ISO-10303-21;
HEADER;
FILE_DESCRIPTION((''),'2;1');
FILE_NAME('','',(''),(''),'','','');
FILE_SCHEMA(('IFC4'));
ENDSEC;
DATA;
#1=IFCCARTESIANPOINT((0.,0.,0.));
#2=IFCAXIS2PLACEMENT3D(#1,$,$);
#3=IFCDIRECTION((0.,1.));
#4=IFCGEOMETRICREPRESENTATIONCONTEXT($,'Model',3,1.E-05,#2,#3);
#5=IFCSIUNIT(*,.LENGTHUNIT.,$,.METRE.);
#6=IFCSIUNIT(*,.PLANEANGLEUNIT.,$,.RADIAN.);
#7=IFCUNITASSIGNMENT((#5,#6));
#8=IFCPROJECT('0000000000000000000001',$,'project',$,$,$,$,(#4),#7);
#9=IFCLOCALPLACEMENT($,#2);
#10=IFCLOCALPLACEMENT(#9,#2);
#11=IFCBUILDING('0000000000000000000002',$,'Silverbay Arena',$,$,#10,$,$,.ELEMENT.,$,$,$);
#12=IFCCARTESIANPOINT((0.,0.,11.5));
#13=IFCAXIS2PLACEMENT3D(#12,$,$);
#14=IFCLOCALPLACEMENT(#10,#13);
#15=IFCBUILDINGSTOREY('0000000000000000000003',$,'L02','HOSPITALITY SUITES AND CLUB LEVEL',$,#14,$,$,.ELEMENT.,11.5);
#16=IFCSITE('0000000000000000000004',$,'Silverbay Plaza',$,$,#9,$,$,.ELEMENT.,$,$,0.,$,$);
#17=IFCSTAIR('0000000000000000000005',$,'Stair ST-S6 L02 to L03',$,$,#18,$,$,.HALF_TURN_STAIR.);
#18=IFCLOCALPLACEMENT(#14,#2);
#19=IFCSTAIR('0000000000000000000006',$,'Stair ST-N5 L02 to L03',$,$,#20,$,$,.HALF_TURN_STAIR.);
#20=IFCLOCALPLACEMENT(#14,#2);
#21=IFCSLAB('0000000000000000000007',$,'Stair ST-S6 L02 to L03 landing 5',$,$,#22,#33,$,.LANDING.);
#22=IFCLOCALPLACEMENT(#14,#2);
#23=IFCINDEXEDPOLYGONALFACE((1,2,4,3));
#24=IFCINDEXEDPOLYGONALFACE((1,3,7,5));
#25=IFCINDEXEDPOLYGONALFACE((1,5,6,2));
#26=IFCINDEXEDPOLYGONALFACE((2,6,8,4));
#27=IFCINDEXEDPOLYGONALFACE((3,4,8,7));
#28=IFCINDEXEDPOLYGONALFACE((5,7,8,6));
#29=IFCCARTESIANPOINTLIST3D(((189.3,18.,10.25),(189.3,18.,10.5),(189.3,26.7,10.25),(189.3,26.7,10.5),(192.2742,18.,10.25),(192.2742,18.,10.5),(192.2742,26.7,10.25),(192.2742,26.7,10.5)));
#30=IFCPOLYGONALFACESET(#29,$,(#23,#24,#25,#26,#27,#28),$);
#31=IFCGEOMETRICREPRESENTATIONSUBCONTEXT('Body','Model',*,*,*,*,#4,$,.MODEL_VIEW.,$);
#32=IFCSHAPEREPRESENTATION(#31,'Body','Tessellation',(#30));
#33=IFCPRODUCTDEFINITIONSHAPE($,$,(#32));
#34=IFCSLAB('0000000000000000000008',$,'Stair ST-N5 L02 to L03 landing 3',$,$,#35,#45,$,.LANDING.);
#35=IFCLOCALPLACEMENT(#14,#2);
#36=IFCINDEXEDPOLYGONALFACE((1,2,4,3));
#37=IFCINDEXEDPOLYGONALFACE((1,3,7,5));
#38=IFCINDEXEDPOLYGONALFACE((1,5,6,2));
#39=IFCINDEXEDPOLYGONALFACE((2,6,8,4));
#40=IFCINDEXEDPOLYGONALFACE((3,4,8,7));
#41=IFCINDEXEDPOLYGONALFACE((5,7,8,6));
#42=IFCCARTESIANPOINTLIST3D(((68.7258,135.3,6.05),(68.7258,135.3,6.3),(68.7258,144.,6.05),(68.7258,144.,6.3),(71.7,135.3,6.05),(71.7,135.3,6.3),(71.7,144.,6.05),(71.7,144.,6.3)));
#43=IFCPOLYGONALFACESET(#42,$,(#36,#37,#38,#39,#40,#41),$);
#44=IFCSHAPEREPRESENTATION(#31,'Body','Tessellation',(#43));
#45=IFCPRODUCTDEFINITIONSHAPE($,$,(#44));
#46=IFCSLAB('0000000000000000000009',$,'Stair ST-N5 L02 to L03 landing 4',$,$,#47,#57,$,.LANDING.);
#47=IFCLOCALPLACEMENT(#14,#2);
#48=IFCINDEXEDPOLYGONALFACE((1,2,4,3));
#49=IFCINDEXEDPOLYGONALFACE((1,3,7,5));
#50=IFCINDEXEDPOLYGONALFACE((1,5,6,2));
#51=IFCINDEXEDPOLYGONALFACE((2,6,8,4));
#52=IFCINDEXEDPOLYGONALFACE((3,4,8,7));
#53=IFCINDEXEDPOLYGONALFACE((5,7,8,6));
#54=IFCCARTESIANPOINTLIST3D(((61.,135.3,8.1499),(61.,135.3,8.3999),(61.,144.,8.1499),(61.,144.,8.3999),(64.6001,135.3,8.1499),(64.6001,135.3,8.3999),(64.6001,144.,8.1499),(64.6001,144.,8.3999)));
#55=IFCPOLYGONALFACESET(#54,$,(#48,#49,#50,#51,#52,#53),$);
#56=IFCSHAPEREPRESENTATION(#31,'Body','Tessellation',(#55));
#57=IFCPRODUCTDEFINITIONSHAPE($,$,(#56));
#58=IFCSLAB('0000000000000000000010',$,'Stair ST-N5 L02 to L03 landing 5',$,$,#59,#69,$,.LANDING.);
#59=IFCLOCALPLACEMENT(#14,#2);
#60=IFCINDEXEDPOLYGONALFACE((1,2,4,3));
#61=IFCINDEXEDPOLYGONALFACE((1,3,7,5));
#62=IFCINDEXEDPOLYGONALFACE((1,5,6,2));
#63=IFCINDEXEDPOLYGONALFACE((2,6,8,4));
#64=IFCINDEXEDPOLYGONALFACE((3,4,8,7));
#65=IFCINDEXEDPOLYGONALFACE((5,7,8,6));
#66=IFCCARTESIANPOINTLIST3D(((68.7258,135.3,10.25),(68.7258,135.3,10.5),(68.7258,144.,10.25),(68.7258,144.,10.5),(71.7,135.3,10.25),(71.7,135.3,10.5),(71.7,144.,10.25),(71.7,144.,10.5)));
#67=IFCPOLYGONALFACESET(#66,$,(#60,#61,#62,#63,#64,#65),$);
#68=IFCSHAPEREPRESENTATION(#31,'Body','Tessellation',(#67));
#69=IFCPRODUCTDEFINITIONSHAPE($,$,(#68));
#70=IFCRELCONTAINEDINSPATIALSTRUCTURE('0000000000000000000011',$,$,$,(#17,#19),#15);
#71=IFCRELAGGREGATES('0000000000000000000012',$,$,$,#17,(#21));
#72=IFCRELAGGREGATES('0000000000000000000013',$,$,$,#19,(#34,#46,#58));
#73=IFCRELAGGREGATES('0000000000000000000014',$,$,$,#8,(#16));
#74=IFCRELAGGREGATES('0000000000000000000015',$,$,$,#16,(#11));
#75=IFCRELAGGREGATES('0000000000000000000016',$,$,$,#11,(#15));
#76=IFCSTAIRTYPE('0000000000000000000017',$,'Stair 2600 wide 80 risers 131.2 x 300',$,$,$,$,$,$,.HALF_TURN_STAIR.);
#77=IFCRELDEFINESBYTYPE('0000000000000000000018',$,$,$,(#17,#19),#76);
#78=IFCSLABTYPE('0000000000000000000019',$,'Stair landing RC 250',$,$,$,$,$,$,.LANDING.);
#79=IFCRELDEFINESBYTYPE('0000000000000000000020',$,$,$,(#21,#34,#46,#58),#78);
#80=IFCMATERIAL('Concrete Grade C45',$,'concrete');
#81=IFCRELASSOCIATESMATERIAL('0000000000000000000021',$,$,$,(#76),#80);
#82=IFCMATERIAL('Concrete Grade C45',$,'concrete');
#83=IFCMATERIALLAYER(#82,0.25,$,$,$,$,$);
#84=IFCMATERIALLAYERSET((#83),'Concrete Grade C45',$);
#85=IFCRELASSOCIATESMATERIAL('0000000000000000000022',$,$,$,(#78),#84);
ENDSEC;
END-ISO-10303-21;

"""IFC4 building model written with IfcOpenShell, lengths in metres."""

from ifc_helpers import new_model, si_unit, direction, frame, origin, place, context, subcontext, project, spatial, polyline, outline, extrude, material, layer, layer_set, type_object, element, aggregate, save


model = new_model("IFC4")

# Units and contexts
model_context = context("Model", 3, precision=1e-05, world=origin(), true_north=direction((0.0, 1.0)))
body_context = subcontext(model_context, "Body", "Model", "MODEL_VIEW")
ifc_project = project(units=[si_unit("LENGTHUNIT", "METRE"), si_unit("PLANEANGLEUNIT", "RADIAN")], contexts=[model_context])

# Site, building, storey
site_placement = place(None, origin())
site = spatial("IfcSite", under=ifc_project, at=site_placement, Name="Silverbay Plaza", CompositionType="ELEMENT", RefElevation=0.0)
building_placement = place(site_placement, origin())
building = spatial("IfcBuilding", under=site, at=building_placement, Name="Silverbay Arena", CompositionType="ELEMENT")
storey_placement = place(building_placement, frame((0.0, 0.0, 11.5)))
storey = spatial("IfcBuildingStorey", under=building, at=storey_placement, Name="L02", Description="HOSPITALITY SUITES AND CLUB LEVEL", CompositionType="ELEMENT", Elevation=11.5)

# Stairs
ifc_material_1 = material(Name="Concrete Grade C45", Category="concrete")
stair_type = type_object("IfcStairType", Name="Stair 2600 wide 80 risers 131.2 x 300", PredefinedType="HALF_TURN_STAIR", material=ifc_material_1)
stair_1_placement = place(storey_placement, origin())
stair_1 = element("IfcStair", 1, at=stair_1_placement, inside=storey, type_object=stair_type, Name="Stair ST-S6 L02 to L03", PredefinedType="HALF_TURN_STAIR")
stair_2_placement = place(storey_placement, origin())
stair_2 = element("IfcStair", 2, at=stair_2_placement, inside=storey, type_object=stair_type, Name="Stair ST-N5 L02 to L03", PredefinedType="HALF_TURN_STAIR")

# Slabs
ifc_material_2 = material(Name="Concrete Grade C45", Category="concrete")
ifc_layer_1 = layer(ifc_material_2, 0.25)
ifc_layer_set_1 = layer_set([ifc_layer_1], Name="Concrete Grade C45")
slab_type_1 = type_object("IfcSlabType", Name="Stair landing RC 250", PredefinedType="LANDING", material=ifc_layer_set_1)
slab_1_placement = place(storey_placement, frame((0.0, 0.0, 10.25)))
slab_1 = element("IfcSlab", 3, at=slab_1_placement, type_object=slab_type_1, Name="Stair ST-S6 L02 to L03 landing 5", PredefinedType="LANDING", context=body_context, shape_type="SweptSolid", body=[
    extrude(outline(polyline([(192.2742, 26.7), (189.3, 26.7), (189.3, 18.0), (192.2742, 18.0), (192.2742, 26.7)])), origin(), (0.0, 0.0, 1.0), 0.25),
])
aggregate(stair_1, [slab_1])
slab_2_placement = place(storey_placement, frame((0.0, 0.0, 6.05)))
slab_2 = element("IfcSlab", 4, at=slab_2_placement, type_object=slab_type_1, Name="Stair ST-N5 L02 to L03 landing 3", PredefinedType="LANDING", context=body_context, shape_type="SweptSolid", body=[
    extrude(outline(polyline([(68.7258, 135.3), (71.7, 135.3), (71.7, 144.0), (68.7258, 144.0), (68.7258, 135.3)])), origin(), (0.0, 0.0, 1.0), 0.25),
])
slab_3_placement = place(storey_placement, frame((0.0, 0.0, 8.1499)))
slab_3 = element("IfcSlab", 5, at=slab_3_placement, type_object=slab_type_1, Name="Stair ST-N5 L02 to L03 landing 4", PredefinedType="LANDING", context=body_context, shape_type="SweptSolid", body=[
    extrude(outline(polyline([(61.0, 135.3), (64.6001, 135.3), (64.6001, 144.0), (61.0, 144.0), (61.0, 135.3)])), origin(), (0.0, 0.0, 1.0), 0.25),
])
slab_4_placement = place(storey_placement, frame((0.0, 0.0, 10.25)))
slab_4 = element("IfcSlab", 6, at=slab_4_placement, type_object=slab_type_1, Name="Stair ST-N5 L02 to L03 landing 5", PredefinedType="LANDING", context=body_context, shape_type="SweptSolid", body=[
    extrude(outline(polyline([(68.7258, 135.3), (71.7, 135.3), (71.7, 144.0), (68.7258, 144.0), (68.7258, 135.3)])), origin(), (0.0, 0.0, 1.0), 0.25),
])
aggregate(stair_2, [slab_2, slab_3, slab_4])

save(model, "model.ifc")
